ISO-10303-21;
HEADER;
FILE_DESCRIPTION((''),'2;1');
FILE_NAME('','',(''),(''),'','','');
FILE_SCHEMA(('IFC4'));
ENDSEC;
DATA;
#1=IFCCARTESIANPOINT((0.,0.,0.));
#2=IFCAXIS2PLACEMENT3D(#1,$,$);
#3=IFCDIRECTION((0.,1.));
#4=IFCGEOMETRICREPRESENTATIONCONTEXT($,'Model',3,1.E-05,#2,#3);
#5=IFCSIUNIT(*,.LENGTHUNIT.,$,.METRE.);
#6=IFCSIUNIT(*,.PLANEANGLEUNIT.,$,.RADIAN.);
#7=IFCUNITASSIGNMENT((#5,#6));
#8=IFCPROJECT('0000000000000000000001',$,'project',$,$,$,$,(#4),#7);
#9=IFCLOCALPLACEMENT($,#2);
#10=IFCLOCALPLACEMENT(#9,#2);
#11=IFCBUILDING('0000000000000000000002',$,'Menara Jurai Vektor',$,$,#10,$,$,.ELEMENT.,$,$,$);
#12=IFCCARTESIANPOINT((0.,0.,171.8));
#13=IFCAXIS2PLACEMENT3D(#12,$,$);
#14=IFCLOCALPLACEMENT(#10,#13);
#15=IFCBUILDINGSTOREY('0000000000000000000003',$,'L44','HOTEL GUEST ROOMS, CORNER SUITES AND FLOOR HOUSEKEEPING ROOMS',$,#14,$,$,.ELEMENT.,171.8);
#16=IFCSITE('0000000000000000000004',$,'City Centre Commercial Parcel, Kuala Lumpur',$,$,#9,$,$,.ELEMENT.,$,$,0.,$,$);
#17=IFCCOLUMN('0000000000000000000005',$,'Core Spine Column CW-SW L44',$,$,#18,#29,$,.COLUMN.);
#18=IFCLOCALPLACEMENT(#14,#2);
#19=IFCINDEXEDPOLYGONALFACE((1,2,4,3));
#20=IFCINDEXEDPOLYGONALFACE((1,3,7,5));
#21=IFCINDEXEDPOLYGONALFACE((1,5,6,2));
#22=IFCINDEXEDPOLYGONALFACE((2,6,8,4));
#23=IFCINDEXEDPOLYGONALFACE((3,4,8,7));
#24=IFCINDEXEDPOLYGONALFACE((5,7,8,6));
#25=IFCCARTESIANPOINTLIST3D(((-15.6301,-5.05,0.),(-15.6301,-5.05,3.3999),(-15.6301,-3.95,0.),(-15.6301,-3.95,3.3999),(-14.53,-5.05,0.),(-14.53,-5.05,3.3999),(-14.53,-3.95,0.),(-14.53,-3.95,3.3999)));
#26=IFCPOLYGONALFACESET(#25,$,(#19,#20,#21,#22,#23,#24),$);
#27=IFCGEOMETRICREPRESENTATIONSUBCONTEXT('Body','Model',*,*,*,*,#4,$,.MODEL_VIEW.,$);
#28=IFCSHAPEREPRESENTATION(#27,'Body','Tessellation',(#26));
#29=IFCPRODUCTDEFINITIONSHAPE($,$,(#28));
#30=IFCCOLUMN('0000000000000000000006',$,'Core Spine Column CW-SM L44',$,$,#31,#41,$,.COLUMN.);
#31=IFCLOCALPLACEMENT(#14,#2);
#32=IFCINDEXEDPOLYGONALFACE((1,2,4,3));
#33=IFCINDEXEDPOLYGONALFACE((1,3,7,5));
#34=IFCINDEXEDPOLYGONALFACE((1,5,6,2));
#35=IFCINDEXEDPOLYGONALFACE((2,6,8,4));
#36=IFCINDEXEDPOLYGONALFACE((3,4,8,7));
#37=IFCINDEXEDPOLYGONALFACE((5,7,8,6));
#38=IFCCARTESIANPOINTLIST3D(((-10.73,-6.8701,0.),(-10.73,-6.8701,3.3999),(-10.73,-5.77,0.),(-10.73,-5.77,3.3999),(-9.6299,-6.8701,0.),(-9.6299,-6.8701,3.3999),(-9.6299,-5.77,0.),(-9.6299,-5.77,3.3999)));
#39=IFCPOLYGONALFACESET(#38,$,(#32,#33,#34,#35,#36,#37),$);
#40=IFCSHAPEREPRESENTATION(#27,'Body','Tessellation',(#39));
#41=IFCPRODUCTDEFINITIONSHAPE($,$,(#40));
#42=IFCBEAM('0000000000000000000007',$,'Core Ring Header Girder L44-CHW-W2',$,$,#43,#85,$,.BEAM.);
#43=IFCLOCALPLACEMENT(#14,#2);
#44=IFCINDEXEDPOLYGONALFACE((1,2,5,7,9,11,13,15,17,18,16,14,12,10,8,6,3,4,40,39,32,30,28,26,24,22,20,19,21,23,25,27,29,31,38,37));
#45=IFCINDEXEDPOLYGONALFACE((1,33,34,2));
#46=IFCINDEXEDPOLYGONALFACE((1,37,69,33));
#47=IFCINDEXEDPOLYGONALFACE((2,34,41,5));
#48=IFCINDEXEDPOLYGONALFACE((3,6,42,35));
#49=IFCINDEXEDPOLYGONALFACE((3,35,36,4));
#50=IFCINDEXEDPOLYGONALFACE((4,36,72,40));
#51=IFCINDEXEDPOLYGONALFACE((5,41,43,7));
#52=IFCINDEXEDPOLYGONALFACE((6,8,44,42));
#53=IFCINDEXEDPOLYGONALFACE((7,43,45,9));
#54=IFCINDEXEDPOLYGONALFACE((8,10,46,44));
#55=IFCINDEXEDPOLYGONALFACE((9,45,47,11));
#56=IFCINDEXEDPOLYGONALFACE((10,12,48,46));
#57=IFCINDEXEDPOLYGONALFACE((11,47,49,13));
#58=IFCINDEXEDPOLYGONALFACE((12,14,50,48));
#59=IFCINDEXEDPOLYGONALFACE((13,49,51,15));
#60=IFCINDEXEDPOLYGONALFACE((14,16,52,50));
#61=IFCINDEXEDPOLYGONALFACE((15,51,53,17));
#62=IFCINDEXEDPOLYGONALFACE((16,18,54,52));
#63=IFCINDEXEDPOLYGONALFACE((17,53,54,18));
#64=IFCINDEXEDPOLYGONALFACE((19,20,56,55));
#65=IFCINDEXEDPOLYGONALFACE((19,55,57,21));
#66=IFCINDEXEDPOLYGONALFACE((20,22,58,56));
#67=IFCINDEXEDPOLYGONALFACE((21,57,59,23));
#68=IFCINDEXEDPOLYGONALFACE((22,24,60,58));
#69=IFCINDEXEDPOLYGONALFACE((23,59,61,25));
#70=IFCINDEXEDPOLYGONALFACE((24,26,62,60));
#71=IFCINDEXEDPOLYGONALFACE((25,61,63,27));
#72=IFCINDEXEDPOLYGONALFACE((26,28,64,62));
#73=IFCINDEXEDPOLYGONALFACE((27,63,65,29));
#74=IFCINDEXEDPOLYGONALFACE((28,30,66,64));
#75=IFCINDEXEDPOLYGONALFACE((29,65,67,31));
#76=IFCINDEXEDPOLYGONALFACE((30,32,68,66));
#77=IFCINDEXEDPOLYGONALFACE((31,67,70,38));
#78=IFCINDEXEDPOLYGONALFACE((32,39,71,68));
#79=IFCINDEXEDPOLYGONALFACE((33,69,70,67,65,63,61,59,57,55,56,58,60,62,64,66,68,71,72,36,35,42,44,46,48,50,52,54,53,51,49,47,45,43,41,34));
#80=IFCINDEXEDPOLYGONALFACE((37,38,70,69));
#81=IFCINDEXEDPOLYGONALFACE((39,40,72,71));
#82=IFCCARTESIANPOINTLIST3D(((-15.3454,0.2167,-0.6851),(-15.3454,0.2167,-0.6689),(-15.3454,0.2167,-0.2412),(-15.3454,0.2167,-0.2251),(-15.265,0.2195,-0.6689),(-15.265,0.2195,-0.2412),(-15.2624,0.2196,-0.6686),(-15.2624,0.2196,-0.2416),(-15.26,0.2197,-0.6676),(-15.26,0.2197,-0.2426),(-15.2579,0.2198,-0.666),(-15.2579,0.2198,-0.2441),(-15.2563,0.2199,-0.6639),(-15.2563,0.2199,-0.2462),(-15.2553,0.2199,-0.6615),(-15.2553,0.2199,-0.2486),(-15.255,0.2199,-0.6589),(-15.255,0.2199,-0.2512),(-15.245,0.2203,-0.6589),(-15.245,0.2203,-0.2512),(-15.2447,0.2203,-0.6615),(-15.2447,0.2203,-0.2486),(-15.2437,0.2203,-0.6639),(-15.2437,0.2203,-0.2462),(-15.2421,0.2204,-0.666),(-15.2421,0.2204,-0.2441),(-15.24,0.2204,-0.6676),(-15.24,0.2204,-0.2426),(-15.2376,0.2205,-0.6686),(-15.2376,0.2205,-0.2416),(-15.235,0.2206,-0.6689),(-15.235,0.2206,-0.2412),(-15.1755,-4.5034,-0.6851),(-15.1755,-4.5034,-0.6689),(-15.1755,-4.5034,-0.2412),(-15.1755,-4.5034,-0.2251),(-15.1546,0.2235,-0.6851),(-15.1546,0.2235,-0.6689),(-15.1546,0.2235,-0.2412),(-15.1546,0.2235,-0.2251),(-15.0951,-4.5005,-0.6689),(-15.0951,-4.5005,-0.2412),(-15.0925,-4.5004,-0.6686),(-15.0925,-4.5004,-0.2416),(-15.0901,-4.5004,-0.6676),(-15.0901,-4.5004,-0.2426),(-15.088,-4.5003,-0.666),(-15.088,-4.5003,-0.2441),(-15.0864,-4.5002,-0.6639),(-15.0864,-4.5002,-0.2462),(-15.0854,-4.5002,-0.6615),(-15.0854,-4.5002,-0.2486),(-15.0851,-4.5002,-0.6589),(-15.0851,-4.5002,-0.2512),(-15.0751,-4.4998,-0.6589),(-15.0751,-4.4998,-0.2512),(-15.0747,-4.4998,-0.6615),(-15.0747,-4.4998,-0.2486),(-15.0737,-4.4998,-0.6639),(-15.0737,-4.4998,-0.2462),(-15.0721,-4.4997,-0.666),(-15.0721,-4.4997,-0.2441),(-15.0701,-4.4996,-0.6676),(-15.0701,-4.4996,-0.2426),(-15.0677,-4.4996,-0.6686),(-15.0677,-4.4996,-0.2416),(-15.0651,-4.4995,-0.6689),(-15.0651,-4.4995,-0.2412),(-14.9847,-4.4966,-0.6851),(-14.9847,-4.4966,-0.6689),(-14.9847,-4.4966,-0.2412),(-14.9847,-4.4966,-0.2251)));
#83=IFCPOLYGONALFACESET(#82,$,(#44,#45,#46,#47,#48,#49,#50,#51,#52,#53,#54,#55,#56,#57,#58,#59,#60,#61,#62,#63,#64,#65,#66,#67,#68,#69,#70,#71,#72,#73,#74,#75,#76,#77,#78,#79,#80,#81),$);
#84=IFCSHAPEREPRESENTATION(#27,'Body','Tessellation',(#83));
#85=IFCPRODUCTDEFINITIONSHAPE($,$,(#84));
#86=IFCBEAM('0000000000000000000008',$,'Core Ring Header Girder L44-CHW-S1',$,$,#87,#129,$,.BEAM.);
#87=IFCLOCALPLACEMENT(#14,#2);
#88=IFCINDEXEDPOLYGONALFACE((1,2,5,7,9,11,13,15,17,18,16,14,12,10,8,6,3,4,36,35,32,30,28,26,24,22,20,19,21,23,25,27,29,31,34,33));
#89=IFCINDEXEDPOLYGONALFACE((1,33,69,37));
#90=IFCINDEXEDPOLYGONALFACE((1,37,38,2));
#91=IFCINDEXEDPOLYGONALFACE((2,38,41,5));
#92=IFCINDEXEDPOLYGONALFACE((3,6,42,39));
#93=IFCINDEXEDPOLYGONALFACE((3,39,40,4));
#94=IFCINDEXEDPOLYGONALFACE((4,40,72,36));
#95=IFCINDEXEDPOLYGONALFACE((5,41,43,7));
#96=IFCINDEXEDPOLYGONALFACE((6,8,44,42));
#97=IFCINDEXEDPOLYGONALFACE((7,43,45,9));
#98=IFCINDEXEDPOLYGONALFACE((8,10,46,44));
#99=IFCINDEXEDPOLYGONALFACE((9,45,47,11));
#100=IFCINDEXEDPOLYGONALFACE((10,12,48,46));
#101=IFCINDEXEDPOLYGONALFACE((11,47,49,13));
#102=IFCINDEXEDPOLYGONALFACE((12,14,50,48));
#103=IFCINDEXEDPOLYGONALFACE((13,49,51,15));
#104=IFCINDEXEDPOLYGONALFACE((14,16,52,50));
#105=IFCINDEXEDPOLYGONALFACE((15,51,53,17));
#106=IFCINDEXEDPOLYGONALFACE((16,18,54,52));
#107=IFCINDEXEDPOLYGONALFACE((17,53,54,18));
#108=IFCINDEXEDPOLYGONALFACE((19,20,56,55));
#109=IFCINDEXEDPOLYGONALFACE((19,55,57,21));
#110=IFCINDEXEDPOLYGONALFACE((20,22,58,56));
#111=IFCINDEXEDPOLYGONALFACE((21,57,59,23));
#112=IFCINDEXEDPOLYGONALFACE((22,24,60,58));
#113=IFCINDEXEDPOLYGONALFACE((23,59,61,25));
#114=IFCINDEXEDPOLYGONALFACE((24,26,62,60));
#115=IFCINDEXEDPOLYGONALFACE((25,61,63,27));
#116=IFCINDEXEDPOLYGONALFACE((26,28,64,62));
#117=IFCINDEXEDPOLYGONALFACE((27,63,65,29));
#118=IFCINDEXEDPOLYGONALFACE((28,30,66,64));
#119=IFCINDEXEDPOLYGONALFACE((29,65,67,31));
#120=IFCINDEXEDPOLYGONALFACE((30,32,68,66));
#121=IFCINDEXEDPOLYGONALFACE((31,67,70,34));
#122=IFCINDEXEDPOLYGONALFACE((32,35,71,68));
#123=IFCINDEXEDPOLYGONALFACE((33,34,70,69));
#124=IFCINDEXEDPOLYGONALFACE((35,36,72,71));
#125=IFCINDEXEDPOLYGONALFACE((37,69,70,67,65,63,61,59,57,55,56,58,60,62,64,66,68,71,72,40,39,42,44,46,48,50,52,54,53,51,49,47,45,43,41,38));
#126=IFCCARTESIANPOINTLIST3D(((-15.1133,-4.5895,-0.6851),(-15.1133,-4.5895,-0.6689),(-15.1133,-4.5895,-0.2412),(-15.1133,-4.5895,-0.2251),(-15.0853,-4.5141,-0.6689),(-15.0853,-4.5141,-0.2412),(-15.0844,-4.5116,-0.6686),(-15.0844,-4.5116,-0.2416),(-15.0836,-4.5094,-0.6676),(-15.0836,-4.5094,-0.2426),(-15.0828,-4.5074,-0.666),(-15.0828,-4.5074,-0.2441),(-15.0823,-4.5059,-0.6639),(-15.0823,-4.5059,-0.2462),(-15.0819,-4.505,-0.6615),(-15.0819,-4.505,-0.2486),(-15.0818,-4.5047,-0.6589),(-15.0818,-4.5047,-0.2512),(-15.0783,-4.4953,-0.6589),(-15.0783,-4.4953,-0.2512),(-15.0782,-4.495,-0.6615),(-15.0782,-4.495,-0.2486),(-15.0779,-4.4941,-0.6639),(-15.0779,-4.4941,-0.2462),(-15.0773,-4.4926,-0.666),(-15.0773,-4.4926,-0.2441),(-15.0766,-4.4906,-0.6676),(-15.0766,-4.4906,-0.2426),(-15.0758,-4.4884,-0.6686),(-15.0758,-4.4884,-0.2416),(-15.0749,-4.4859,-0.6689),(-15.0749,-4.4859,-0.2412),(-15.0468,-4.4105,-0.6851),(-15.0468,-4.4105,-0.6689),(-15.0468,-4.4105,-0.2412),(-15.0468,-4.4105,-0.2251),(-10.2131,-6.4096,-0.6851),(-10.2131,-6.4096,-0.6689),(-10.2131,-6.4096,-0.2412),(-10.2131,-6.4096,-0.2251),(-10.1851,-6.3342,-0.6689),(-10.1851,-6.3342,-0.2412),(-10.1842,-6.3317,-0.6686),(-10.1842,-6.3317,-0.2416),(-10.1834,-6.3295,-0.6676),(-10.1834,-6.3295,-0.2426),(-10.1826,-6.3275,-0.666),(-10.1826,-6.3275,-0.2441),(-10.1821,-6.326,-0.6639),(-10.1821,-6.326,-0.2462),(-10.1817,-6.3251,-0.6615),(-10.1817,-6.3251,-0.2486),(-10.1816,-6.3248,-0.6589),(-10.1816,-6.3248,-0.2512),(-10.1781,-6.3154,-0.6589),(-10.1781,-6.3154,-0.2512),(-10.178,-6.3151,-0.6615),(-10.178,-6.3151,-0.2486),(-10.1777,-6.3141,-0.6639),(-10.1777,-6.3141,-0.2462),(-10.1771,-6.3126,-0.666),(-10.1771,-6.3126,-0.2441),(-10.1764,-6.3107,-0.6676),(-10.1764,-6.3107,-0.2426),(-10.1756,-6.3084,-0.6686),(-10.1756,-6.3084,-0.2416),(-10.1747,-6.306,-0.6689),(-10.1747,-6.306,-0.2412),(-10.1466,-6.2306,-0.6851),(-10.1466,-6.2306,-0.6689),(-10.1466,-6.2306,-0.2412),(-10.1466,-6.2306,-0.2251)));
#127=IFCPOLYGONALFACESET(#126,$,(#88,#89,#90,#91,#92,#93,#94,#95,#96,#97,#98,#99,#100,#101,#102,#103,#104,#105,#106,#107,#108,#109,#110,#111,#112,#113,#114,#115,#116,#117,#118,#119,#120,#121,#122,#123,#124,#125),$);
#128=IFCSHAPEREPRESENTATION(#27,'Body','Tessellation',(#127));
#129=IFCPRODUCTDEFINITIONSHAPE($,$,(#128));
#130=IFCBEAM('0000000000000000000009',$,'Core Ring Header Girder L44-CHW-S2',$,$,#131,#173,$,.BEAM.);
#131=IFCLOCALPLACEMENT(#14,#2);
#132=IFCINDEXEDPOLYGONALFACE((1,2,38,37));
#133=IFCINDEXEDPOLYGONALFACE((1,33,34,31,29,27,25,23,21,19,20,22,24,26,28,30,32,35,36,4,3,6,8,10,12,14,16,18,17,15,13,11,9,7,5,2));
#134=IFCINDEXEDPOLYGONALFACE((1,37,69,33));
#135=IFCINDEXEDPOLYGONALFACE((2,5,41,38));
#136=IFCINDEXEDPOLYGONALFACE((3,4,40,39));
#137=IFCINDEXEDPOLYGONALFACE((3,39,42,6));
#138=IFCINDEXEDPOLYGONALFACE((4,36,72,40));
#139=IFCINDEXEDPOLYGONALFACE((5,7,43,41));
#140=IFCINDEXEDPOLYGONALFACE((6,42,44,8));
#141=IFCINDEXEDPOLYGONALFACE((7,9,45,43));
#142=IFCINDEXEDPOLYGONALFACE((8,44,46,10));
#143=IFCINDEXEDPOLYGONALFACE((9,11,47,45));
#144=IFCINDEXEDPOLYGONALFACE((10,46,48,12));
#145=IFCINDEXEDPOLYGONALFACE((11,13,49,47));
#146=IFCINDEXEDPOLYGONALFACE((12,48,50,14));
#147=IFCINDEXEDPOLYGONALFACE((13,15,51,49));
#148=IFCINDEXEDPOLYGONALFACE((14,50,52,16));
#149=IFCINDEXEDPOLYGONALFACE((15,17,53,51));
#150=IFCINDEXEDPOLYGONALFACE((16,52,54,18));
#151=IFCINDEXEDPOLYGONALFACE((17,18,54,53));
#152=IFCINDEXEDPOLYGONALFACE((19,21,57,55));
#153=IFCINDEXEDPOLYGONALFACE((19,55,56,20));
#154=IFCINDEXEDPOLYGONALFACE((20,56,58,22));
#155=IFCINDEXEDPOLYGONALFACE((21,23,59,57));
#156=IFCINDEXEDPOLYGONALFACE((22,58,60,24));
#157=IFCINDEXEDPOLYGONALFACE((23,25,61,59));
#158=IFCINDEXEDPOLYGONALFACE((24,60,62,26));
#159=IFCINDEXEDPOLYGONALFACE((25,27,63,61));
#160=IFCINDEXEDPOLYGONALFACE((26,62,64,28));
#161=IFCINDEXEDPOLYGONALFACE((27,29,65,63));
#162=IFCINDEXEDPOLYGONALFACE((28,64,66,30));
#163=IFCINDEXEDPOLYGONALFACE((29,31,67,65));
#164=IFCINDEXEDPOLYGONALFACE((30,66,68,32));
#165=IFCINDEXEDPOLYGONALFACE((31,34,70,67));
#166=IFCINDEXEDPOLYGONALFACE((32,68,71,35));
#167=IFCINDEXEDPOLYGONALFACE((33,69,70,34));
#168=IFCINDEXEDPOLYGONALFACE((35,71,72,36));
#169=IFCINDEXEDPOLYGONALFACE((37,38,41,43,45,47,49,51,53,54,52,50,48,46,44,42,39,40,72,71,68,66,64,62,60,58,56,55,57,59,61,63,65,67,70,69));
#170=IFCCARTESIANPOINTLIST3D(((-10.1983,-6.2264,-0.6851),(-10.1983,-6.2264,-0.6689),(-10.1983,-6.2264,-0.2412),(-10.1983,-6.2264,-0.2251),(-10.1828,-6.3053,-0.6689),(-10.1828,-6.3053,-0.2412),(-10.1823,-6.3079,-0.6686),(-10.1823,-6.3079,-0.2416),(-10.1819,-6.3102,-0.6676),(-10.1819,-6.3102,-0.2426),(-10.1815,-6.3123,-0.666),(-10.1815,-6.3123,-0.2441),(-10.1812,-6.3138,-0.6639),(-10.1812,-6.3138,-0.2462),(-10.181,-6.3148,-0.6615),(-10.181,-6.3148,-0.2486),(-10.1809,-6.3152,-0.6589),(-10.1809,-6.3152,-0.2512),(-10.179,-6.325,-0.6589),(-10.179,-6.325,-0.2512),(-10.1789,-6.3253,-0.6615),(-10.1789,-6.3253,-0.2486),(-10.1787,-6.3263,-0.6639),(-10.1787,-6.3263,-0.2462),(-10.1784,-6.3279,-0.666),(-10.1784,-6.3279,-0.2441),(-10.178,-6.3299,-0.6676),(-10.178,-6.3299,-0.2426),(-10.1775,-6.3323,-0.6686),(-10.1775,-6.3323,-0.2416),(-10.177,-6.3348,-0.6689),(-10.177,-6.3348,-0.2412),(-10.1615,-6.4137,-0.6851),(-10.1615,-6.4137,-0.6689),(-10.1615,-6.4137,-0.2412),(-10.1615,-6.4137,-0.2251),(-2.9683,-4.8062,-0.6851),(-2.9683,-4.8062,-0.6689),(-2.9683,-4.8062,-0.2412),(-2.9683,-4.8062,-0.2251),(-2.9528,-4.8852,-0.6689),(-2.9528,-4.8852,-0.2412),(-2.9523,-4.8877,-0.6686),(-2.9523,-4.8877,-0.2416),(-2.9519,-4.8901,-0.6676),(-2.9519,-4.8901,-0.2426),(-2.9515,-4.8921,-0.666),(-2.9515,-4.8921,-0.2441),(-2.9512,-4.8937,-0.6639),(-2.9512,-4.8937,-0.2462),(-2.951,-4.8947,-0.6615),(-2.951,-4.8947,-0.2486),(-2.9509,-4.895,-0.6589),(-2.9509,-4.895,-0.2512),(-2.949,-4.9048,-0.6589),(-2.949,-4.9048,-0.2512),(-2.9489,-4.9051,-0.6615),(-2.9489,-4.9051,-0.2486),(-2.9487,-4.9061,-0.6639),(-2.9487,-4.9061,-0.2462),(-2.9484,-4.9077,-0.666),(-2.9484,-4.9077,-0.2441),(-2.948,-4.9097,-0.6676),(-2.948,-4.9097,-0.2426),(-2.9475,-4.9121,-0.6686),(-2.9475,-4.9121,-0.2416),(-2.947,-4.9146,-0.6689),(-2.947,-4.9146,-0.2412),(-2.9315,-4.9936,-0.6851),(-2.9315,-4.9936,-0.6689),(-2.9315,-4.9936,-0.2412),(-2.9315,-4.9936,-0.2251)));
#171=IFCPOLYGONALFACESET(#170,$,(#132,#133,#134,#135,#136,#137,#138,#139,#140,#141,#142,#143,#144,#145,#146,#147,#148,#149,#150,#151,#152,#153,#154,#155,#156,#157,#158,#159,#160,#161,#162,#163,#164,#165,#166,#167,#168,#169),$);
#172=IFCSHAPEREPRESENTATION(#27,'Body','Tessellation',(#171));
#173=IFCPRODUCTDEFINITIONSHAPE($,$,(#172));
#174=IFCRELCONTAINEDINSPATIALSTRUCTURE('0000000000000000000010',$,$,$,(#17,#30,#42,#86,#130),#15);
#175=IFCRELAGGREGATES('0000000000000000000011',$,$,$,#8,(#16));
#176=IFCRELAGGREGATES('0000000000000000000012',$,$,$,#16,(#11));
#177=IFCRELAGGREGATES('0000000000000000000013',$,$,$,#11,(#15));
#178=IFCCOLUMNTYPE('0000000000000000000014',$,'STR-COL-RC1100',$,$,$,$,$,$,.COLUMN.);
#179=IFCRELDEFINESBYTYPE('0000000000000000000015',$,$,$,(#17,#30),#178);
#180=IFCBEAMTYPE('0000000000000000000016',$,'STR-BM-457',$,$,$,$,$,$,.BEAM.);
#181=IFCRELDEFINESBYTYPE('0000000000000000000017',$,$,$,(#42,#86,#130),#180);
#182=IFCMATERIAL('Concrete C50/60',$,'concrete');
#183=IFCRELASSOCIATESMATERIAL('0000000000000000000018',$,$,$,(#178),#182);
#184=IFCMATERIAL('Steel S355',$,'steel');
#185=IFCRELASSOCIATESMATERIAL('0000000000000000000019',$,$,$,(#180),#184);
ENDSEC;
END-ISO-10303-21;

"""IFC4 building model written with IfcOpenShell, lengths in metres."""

from ifc_helpers import new_model, si_unit, direction, frame, origin, origin_2d, place, context, subcontext, project, spatial, rectangle, i_section, extrude, material, material_profile, profile_set, type_object, element, save


model = new_model("IFC4")

# Units and contexts
model_context = context("Model", 3, precision=1e-05, world=origin(), true_north=direction((0.0, 1.0)))
body_context = subcontext(model_context, "Body", "Model", "MODEL_VIEW")
ifc_project = project(units=[si_unit("LENGTHUNIT", "METRE"), si_unit("PLANEANGLEUNIT", "RADIAN")], contexts=[model_context])

# Site, building, storey
site_placement = place(None, origin())
site = spatial("IfcSite", under=ifc_project, at=site_placement, Name="City Centre Commercial Parcel, Kuala Lumpur", CompositionType="ELEMENT", RefElevation=0.0)
building_placement = place(site_placement, origin())
building = spatial("IfcBuilding", under=site, at=building_placement, Name="Menara Jurai Vektor", CompositionType="ELEMENT")
storey_placement = place(building_placement, frame((0.0, 0.0, 171.8)))
storey = spatial("IfcBuildingStorey", under=building, at=storey_placement, Name="L44", Description="HOTEL GUEST ROOMS, CORNER SUITES AND FLOOR HOUSEKEEPING ROOMS", CompositionType="ELEMENT", Elevation=171.8)

# Columns
ifc_material_1 = material(Name="Concrete C50/60", Category="concrete")
ifc_material_profile_1 = material_profile(ifc_material_1, rectangle(XDim=1.1001, YDim=1.1001, at=origin_2d()), Name="RC 1100x1100")
ifc_profile_set_1 = profile_set([ifc_material_profile_1], Name="Concrete C50/60")
column_type = type_object("IfcColumnType", Name="STR-COL-RC1100", PredefinedType="COLUMN", material=ifc_profile_set_1)
for number, where, z_axis, x_axis, name in (
    (1, (-15.0801, -4.5, 0.0), (0.0, 0.0, 1.0), (1.0, 0.0, 0.0), "Core Spine Column CW-SW L44"),
    (2, (-10.1799, -6.3201, 0.0), (0.0, 0.0, 1.0), (1.0, 0.0, 0.0), "Core Spine Column CW-SM L44"),
):
    element("IfcColumn", number, at=place(storey_placement, frame(where, z_axis=z_axis, x_axis=x_axis)), inside=storey, type_object=column_type, Name=name, PredefinedType="COLUMN", context=body_context, shape_type="SweptSolid", body=[
        extrude(rectangle(XDim=1.1001, YDim=1.1001, at=origin_2d()), origin(), (0.0, 0.0, 1.0), 3.3999),
    ])

# Beams
ifc_material_2 = material(Name="Steel S355", Category="steel")
ifc_material_profile_2 = material_profile(ifc_material_2, i_section(OverallWidth=0.1909, OverallDepth=0.46, WebThickness=0.01, FlangeThickness=0.0161, FilletRadius=0.01, at=origin_2d()), Name="UKB 457x191x82")
ifc_profile_set_2 = profile_set([ifc_material_profile_2], Name="Steel S355")
beam_type = type_object("IfcBeamType", Name="STR-BM-457", PredefinedType="BEAM", material=ifc_profile_set_2)
beam_1_placement = place(storey_placement, frame((-15.0801, -4.5, -0.4551), z_axis=(-0.035977, 0.999353, 0.0), x_axis=(-0.999353, -0.035977, 0.0)))
element("IfcBeam", 3, at=beam_1_placement, inside=storey, type_object=beam_type, Name="Core Ring Header Girder L44-CHW-W2", PredefinedType="BEAM", context=body_context, shape_type="SweptSolid", body=[
    extrude(i_section(OverallWidth=0.1909, OverallDepth=0.46, WebThickness=0.01, FlangeThickness=0.0161, FilletRadius=0.01, at=origin_2d()), origin(), (0.0, 0.0, 1.0), 4.7231),
])
beam_2_placement = place(storey_placement, frame((-15.0801, -4.5, -0.4551), z_axis=(0.937424, -0.348189, 0.0), x_axis=(0.348189, 0.937424, 0.0)))
element("IfcBeam", 4, at=beam_2_placement, inside=storey, type_object=beam_type, Name="Core Ring Header Girder L44-CHW-S1", PredefinedType="BEAM", context=body_context, shape_type="SweptSolid", body=[
    extrude(i_section(OverallWidth=0.1909, OverallDepth=0.46, WebThickness=0.01, FlangeThickness=0.0161, FilletRadius=0.01, at=origin_2d()), origin(), (0.0, 0.0, 1.0), 5.2273),
])
beam_3_placement = place(storey_placement, frame((-10.1799, -6.3201, -0.4551), z_axis=(0.981249, 0.192744, 0.0), x_axis=(-0.192744, 0.981249, 0.0)))
element("IfcBeam", 5, at=beam_3_placement, inside=storey, type_object=beam_type, Name="Core Ring Header Girder L44-CHW-S2", PredefinedType="BEAM", context=body_context, shape_type="SweptSolid", body=[
    extrude(i_section(OverallWidth=0.1909, OverallDepth=0.46, WebThickness=0.01, FlangeThickness=0.0161, FilletRadius=0.01, at=origin_2d()), origin(), (0.0, 0.0, 1.0), 7.3682),
])

save(model, "model.ifc")
